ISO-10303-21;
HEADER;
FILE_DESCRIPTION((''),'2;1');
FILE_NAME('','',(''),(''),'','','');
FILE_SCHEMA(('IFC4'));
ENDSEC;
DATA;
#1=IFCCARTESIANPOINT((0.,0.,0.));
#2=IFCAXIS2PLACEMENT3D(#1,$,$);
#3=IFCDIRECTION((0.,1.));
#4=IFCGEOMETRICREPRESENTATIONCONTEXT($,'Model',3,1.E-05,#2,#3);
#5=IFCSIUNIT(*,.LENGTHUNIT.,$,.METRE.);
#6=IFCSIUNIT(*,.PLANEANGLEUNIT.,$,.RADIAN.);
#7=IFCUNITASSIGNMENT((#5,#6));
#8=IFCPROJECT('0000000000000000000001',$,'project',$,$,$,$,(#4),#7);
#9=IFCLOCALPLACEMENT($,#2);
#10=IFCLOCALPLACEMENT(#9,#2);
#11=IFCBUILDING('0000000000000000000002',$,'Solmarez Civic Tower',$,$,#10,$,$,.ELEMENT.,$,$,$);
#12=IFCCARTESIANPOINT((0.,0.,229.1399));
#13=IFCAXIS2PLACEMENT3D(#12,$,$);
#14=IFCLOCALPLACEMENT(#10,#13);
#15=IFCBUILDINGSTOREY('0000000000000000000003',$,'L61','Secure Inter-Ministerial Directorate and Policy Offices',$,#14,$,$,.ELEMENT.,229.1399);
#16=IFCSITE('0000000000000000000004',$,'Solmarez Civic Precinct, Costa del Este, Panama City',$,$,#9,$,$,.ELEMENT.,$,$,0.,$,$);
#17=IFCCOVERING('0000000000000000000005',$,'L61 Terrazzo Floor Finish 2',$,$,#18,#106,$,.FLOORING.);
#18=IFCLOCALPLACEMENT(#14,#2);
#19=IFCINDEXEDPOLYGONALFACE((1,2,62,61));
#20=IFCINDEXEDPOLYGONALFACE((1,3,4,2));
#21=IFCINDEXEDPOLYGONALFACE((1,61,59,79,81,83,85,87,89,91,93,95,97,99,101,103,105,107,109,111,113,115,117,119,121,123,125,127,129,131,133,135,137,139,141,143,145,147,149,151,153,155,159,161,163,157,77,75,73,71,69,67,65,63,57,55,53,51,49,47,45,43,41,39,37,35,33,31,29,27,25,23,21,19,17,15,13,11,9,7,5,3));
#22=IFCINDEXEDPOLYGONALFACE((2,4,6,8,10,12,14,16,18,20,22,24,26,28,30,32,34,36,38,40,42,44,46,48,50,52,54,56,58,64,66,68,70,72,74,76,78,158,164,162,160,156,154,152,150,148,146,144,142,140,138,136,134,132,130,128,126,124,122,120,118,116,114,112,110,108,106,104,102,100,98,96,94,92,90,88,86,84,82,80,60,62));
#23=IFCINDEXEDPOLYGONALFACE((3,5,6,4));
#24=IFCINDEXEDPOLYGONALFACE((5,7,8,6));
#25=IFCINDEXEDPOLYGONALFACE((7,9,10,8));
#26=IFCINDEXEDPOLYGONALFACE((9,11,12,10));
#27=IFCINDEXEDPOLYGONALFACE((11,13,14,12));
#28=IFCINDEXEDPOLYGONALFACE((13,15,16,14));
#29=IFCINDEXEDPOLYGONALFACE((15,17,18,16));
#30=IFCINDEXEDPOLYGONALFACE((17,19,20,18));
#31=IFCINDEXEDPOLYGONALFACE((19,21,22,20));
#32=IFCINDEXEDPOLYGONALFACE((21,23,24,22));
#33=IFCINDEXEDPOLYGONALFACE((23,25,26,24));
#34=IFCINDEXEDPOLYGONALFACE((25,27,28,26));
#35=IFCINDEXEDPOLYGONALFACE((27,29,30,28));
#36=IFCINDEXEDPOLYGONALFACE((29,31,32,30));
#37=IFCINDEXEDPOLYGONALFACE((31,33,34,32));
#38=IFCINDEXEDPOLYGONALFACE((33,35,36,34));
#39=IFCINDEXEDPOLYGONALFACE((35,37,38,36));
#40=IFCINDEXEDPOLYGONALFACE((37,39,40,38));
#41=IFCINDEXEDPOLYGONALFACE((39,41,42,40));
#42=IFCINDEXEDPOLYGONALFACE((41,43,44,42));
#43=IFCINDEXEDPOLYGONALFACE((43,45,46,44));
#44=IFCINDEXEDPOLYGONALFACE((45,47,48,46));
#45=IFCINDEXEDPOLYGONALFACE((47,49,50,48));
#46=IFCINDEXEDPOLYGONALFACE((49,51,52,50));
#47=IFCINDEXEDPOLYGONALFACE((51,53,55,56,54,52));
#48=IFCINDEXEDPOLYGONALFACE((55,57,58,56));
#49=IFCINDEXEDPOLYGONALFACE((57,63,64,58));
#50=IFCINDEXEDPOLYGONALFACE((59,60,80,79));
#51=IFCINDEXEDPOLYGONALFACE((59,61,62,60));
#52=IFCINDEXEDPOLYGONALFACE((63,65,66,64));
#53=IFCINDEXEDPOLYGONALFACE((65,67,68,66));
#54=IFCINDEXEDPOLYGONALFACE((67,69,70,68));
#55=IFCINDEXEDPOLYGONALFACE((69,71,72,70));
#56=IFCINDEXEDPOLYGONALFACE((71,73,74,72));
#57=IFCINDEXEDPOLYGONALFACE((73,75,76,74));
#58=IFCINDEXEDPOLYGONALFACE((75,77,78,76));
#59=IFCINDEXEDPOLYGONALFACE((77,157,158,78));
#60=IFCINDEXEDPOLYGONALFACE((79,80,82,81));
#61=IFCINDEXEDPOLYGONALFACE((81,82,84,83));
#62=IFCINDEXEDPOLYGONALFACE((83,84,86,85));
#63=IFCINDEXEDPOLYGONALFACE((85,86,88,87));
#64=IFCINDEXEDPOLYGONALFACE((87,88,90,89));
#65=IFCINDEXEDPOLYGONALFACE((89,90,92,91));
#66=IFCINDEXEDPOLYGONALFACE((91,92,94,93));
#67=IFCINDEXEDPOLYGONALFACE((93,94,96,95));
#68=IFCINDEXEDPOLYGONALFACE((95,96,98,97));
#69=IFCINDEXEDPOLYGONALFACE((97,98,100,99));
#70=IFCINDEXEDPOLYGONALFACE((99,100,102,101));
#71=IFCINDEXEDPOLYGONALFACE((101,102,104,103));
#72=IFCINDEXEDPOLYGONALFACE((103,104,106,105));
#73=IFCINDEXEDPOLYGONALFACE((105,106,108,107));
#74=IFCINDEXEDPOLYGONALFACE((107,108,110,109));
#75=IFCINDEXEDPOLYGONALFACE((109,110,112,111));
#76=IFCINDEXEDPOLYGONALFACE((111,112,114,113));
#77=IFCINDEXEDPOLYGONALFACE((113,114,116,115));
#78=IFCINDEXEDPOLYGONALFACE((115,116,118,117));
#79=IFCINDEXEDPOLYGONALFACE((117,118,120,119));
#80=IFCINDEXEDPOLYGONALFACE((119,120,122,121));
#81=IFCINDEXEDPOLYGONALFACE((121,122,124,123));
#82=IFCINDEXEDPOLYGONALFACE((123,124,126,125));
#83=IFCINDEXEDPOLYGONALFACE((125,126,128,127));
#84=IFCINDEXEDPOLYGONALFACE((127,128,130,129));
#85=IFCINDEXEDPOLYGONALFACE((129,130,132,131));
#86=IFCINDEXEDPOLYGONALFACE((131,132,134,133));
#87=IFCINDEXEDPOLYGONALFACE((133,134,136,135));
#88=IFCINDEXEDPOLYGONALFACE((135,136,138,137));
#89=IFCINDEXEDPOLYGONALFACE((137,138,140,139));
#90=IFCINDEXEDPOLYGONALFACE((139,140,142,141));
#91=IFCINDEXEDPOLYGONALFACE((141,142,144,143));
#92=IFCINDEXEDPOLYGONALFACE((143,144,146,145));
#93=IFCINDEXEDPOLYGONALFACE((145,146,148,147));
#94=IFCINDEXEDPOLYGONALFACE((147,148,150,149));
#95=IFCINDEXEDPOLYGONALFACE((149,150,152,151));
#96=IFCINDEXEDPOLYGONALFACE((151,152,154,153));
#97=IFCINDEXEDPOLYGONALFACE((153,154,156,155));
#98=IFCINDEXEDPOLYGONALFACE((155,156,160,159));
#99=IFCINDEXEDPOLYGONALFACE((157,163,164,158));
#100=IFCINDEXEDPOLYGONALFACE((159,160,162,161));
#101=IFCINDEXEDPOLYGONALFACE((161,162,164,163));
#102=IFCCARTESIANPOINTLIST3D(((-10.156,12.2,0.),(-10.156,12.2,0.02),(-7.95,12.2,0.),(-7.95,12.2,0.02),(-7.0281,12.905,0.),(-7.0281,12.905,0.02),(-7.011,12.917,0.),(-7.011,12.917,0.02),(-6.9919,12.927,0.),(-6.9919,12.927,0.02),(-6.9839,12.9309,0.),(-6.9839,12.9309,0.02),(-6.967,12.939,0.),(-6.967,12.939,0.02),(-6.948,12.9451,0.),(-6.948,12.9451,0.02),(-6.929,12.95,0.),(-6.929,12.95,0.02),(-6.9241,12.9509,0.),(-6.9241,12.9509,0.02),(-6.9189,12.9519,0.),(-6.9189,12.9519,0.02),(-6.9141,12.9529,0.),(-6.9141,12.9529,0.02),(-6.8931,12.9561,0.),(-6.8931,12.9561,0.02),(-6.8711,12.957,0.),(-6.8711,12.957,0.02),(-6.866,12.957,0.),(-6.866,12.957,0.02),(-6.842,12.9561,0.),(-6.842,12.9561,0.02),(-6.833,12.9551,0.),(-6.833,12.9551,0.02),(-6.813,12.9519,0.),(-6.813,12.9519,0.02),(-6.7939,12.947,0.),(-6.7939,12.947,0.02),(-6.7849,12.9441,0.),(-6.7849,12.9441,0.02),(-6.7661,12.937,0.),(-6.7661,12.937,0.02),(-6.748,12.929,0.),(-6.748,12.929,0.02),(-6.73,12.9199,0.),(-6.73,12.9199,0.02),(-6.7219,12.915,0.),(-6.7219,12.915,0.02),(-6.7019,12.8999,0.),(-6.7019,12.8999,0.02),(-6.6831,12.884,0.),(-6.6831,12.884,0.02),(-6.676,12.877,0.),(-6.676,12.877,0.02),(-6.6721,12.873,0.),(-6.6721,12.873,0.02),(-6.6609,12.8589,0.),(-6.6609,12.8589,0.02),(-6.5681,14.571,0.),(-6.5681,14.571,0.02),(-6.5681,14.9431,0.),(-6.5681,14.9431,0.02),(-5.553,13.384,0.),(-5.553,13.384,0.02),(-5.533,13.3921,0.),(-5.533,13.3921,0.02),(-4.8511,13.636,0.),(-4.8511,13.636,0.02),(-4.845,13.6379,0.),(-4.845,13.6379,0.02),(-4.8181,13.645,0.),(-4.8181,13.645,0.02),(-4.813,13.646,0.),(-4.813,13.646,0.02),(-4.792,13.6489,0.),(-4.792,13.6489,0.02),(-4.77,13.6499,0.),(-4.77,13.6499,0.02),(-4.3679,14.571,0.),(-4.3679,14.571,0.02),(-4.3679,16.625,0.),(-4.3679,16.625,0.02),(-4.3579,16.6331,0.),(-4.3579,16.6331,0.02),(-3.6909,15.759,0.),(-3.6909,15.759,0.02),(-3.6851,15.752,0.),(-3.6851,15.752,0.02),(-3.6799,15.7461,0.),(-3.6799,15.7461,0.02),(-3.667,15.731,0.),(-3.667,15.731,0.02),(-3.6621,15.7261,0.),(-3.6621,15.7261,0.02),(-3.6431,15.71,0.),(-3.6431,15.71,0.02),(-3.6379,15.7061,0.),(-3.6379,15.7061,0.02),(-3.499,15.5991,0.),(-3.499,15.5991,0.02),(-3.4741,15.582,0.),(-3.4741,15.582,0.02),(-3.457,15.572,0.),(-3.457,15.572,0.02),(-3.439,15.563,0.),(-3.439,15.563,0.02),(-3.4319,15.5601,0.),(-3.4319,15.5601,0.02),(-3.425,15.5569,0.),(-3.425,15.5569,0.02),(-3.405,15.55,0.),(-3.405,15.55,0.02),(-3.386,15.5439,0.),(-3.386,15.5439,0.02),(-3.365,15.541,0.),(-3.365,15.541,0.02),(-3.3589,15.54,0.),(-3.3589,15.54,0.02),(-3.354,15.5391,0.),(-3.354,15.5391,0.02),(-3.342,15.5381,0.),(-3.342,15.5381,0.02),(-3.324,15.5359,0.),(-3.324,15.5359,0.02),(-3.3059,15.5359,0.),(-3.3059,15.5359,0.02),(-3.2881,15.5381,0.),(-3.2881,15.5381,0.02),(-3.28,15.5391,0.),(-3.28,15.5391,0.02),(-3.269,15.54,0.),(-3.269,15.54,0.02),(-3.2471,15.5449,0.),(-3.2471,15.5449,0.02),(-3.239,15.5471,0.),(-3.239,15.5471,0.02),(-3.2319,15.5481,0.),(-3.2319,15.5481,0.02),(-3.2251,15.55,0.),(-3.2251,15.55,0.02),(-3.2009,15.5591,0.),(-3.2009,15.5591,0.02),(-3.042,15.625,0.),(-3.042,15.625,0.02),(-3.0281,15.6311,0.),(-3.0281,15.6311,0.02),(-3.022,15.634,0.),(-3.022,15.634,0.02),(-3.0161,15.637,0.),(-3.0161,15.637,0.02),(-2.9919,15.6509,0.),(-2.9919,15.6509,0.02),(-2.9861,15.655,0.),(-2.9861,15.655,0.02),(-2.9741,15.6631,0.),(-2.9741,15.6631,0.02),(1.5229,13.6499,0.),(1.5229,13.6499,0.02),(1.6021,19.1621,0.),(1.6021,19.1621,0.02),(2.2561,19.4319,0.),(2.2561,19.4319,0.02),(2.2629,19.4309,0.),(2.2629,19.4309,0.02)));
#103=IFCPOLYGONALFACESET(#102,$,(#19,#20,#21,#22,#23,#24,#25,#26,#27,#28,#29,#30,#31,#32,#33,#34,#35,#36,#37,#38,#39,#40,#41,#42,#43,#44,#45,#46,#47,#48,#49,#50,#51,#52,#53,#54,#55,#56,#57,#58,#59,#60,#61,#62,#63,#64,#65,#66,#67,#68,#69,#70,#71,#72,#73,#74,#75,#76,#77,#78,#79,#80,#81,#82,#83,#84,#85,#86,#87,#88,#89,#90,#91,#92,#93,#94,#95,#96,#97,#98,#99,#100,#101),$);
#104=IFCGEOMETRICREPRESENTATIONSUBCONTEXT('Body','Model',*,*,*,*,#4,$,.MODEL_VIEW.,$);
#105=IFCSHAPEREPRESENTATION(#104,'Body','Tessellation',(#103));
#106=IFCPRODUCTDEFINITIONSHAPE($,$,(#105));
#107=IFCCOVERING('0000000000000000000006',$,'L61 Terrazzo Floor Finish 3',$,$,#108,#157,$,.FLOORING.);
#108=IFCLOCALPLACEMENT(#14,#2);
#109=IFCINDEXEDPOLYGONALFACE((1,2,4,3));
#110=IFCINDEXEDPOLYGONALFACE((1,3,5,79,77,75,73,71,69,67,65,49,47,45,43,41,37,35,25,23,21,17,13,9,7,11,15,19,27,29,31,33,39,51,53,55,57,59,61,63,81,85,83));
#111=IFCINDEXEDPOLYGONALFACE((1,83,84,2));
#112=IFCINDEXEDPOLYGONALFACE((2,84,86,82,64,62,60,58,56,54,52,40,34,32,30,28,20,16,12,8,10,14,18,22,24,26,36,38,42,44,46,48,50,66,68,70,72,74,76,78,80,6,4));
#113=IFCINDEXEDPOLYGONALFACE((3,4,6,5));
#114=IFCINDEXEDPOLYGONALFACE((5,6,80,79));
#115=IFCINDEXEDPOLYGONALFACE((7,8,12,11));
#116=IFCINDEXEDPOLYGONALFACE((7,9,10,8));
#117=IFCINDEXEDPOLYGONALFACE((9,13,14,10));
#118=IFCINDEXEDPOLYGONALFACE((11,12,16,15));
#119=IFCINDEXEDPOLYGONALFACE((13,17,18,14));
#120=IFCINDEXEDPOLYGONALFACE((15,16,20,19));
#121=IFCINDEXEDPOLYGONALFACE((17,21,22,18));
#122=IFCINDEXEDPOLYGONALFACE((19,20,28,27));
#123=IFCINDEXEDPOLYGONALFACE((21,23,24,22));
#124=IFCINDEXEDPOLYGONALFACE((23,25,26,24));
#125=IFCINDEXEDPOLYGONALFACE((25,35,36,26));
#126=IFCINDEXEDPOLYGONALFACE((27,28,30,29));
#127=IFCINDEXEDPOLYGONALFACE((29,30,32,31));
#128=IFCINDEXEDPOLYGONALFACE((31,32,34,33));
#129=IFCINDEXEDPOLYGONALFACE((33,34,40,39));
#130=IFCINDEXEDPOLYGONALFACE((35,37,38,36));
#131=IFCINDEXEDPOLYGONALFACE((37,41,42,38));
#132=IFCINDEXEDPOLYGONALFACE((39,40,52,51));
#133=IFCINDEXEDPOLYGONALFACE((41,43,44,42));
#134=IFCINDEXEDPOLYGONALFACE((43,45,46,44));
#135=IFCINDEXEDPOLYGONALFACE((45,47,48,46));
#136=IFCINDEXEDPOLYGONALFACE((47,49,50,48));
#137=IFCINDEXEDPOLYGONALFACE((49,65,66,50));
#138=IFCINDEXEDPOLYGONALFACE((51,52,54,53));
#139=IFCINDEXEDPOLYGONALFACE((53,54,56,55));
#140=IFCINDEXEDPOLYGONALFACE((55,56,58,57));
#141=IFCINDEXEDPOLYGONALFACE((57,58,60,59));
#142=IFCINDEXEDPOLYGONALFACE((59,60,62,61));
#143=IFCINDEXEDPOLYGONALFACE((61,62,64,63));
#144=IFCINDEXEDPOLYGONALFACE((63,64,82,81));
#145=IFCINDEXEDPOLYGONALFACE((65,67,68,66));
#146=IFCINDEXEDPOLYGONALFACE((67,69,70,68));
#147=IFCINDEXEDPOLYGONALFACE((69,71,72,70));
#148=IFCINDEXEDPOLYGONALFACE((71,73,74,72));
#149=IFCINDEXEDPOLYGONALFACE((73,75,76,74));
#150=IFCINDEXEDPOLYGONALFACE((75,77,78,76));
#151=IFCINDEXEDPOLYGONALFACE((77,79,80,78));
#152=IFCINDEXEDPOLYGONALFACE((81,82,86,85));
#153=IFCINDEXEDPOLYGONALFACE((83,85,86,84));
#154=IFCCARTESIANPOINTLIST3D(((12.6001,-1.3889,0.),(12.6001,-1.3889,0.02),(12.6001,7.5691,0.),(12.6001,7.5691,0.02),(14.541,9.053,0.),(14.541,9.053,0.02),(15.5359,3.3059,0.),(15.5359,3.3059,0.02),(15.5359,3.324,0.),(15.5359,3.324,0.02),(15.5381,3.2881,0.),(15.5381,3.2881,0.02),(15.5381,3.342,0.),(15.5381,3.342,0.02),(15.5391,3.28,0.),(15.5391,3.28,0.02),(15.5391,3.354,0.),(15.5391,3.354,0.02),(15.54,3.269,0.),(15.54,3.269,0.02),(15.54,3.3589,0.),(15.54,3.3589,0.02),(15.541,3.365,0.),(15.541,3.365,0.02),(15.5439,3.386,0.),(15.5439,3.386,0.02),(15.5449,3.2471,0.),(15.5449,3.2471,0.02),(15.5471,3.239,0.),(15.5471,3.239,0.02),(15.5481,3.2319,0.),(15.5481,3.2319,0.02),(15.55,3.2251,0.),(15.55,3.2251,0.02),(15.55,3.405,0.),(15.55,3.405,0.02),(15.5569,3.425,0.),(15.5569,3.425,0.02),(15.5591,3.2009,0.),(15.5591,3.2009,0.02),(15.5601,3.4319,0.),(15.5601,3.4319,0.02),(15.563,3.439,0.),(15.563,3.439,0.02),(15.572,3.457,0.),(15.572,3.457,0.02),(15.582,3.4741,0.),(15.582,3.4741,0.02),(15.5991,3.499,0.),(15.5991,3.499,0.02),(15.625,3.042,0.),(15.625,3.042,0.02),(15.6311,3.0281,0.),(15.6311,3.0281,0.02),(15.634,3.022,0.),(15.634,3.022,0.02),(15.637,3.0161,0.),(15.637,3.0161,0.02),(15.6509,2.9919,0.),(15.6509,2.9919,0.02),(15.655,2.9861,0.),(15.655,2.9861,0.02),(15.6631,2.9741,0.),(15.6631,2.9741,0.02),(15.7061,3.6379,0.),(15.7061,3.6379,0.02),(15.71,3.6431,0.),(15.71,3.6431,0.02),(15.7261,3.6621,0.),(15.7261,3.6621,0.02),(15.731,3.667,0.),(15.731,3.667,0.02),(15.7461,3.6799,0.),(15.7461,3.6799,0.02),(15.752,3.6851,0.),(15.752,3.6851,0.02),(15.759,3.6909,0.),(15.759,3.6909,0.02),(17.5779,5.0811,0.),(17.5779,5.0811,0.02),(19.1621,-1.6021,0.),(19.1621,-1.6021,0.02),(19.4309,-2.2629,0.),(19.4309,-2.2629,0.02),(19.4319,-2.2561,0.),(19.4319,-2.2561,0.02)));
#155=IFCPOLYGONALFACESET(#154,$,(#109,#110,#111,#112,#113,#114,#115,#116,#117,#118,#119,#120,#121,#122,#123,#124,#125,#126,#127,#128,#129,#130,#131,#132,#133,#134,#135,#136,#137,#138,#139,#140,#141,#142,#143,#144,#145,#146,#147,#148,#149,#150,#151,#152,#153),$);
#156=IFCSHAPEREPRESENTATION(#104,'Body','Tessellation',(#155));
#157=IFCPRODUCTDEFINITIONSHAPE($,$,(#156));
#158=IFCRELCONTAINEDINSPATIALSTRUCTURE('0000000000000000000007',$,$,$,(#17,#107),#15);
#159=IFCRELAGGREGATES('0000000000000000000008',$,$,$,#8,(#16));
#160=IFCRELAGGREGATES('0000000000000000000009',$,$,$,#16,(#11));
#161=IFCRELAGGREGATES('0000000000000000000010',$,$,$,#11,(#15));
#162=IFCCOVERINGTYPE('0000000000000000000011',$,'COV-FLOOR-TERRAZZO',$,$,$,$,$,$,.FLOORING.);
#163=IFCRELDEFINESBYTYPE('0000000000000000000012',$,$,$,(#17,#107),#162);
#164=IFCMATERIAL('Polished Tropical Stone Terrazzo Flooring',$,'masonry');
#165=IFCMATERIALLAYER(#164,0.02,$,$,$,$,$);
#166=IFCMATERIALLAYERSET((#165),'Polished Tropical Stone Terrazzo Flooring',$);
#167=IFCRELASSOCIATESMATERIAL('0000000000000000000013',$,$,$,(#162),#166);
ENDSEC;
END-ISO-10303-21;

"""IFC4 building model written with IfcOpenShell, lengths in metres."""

from ifc_helpers import new_model, si_unit, direction, frame, origin, place, context, subcontext, project, spatial, polyline, outline, extrude, material, layer, layer_set, type_object, element, save


model = new_model("IFC4")

# Units and contexts
model_context = context("Model", 3, precision=1e-05, world=origin(), true_north=direction((0.0, 1.0)))
body_context = subcontext(model_context, "Body", "Model", "MODEL_VIEW")
ifc_project = project(units=[si_unit("LENGTHUNIT", "METRE"), si_unit("PLANEANGLEUNIT", "RADIAN")], contexts=[model_context])

# Site, building, storey
site_placement = place(None, origin())
site = spatial("IfcSite", under=ifc_project, at=site_placement, Name="Solmarez Civic Precinct, Costa del Este, Panama City", CompositionType="ELEMENT", RefElevation=0.0)
building_placement = place(site_placement, origin())
building = spatial("IfcBuilding", under=site, at=building_placement, Name="Solmarez Civic Tower", CompositionType="ELEMENT")
storey_placement = place(building_placement, frame((0.0, 0.0, 229.1399)))
storey = spatial("IfcBuildingStorey", under=building, at=storey_placement, Name="L61", Description="Secure Inter-Ministerial Directorate and Policy Offices", CompositionType="ELEMENT", Elevation=229.1399)

# Coverings
ifc_material_1 = material(Name="Polished Tropical Stone Terrazzo Flooring", Category="masonry")
ifc_layer_1 = layer(ifc_material_1, 0.02)
ifc_layer_set_1 = layer_set([ifc_layer_1], Name="Polished Tropical Stone Terrazzo Flooring")
covering_type_1 = type_object("IfcCoveringType", Name="COV-FLOOR-TERRAZZO", PredefinedType="FLOORING", material=ifc_layer_set_1)
covering_1_placement = place(storey_placement, origin())
element("IfcCovering", 1, at=covering_1_placement, inside=storey, type_object=covering_type_1, Name="L61 Terrazzo Floor Finish 2", PredefinedType="FLOORING", context=body_context, shape_type="SweptSolid", body=[
    extrude(outline(polyline([(-10.156, 12.2), (-7.95, 12.2), (-7.0281, 12.905), (-7.011, 12.917), (-6.9919, 12.927), (-6.9839, 12.9309), (-6.967, 12.939), (-6.948, 12.9451), (-6.929, 12.95), (-6.9241, 12.9509), (-6.9189, 12.9519), (-6.9141, 12.9529), (-6.8931, 12.9561), (-6.8711, 12.957), (-6.866, 12.957), (-6.842, 12.9561), (-6.833, 12.9551), (-6.813, 12.9519), (-6.7939, 12.947), (-6.7849, 12.9441), (-6.7661, 12.937), (-6.748, 12.929), (-6.73, 12.9199), (-6.7219, 12.915), (-6.7019, 12.8999), (-6.6831, 12.884), (-6.676, 12.877), (-6.6721, 12.873), (-6.6609, 12.8589), (-5.553, 13.384), (-5.533, 13.3921), (-4.8511, 13.636), (-4.845, 13.6379), (-4.8181, 13.645), (-4.813, 13.646), (-4.792, 13.6489), (-4.77, 13.6499), (1.5229, 13.6499), (2.2629, 19.4309), (2.2561, 19.4319), (1.6021, 19.1621), (-2.9741, 15.6631), (-2.9861, 15.655), (-2.9919, 15.6509), (-3.0161, 15.637), (-3.022, 15.634), (-3.0281, 15.6311), (-3.042, 15.625), (-3.2009, 15.5591), (-3.2251, 15.55), (-3.2319, 15.5481), (-3.239, 15.5471), (-3.2471, 15.5449), (-3.269, 15.54), (-3.28, 15.5391), (-3.2881, 15.5381), (-3.3059, 15.5359), (-3.324, 15.5359), (-3.342, 15.5381), (-3.354, 15.5391), (-3.3589, 15.54), (-3.365, 15.541), (-3.386, 15.5439), (-3.405, 15.55), (-3.425, 15.5569), (-3.4319, 15.5601), (-3.439, 15.563), (-3.457, 15.572), (-3.4741, 15.582), (-3.499, 15.5991), (-3.6379, 15.7061), (-3.6431, 15.71), (-3.6621, 15.7261), (-3.667, 15.731), (-3.6799, 15.7461), (-3.6851, 15.752), (-3.6909, 15.759), (-4.3579, 16.6331), (-4.3679, 16.625), (-4.3679, 14.571), (-6.5681, 14.571), (-6.5681, 14.9431), (-10.156, 12.2)])), origin(), (0.0, 0.0, 1.0), 0.02),
])
covering_2_placement = place(storey_placement, origin())
element("IfcCovering", 2, at=covering_2_placement, inside=storey, type_object=covering_type_1, Name="L61 Terrazzo Floor Finish 3", PredefinedType="FLOORING", context=body_context, shape_type="SweptSolid", body=[
    extrude(outline(polyline([(12.6001, 7.5691), (12.6001, -1.3889), (19.4309, -2.2629), (19.4319, -2.2561), (19.1621, -1.6021), (15.6631, 2.9741), (15.655, 2.9861), (15.6509, 2.9919), (15.637, 3.0161), (15.634, 3.022), (15.6311, 3.0281), (15.625, 3.042), (15.5591, 3.2009), (15.55, 3.2251), (15.5481, 3.2319), (15.5471, 3.239), (15.5449, 3.2471), (15.54, 3.269), (15.5391, 3.28), (15.5381, 3.2881), (15.5359, 3.3059), (15.5359, 3.324), (15.5381, 3.342), (15.5391, 3.354), (15.54, 3.3589), (15.541, 3.365), (15.5439, 3.386), (15.55, 3.405), (15.5569, 3.425), (15.5601, 3.4319), (15.563, 3.439), (15.572, 3.457), (15.582, 3.4741), (15.5991, 3.499), (15.7061, 3.6379), (15.71, 3.6431), (15.7261, 3.6621), (15.731, 3.667), (15.7461, 3.6799), (15.752, 3.6851), (15.759, 3.6909), (17.5779, 5.0811), (14.541, 9.053), (12.6001, 7.5691)])), origin(), (0.0, 0.0, 1.0), 0.02),
])

save(model, "model.ifc")
